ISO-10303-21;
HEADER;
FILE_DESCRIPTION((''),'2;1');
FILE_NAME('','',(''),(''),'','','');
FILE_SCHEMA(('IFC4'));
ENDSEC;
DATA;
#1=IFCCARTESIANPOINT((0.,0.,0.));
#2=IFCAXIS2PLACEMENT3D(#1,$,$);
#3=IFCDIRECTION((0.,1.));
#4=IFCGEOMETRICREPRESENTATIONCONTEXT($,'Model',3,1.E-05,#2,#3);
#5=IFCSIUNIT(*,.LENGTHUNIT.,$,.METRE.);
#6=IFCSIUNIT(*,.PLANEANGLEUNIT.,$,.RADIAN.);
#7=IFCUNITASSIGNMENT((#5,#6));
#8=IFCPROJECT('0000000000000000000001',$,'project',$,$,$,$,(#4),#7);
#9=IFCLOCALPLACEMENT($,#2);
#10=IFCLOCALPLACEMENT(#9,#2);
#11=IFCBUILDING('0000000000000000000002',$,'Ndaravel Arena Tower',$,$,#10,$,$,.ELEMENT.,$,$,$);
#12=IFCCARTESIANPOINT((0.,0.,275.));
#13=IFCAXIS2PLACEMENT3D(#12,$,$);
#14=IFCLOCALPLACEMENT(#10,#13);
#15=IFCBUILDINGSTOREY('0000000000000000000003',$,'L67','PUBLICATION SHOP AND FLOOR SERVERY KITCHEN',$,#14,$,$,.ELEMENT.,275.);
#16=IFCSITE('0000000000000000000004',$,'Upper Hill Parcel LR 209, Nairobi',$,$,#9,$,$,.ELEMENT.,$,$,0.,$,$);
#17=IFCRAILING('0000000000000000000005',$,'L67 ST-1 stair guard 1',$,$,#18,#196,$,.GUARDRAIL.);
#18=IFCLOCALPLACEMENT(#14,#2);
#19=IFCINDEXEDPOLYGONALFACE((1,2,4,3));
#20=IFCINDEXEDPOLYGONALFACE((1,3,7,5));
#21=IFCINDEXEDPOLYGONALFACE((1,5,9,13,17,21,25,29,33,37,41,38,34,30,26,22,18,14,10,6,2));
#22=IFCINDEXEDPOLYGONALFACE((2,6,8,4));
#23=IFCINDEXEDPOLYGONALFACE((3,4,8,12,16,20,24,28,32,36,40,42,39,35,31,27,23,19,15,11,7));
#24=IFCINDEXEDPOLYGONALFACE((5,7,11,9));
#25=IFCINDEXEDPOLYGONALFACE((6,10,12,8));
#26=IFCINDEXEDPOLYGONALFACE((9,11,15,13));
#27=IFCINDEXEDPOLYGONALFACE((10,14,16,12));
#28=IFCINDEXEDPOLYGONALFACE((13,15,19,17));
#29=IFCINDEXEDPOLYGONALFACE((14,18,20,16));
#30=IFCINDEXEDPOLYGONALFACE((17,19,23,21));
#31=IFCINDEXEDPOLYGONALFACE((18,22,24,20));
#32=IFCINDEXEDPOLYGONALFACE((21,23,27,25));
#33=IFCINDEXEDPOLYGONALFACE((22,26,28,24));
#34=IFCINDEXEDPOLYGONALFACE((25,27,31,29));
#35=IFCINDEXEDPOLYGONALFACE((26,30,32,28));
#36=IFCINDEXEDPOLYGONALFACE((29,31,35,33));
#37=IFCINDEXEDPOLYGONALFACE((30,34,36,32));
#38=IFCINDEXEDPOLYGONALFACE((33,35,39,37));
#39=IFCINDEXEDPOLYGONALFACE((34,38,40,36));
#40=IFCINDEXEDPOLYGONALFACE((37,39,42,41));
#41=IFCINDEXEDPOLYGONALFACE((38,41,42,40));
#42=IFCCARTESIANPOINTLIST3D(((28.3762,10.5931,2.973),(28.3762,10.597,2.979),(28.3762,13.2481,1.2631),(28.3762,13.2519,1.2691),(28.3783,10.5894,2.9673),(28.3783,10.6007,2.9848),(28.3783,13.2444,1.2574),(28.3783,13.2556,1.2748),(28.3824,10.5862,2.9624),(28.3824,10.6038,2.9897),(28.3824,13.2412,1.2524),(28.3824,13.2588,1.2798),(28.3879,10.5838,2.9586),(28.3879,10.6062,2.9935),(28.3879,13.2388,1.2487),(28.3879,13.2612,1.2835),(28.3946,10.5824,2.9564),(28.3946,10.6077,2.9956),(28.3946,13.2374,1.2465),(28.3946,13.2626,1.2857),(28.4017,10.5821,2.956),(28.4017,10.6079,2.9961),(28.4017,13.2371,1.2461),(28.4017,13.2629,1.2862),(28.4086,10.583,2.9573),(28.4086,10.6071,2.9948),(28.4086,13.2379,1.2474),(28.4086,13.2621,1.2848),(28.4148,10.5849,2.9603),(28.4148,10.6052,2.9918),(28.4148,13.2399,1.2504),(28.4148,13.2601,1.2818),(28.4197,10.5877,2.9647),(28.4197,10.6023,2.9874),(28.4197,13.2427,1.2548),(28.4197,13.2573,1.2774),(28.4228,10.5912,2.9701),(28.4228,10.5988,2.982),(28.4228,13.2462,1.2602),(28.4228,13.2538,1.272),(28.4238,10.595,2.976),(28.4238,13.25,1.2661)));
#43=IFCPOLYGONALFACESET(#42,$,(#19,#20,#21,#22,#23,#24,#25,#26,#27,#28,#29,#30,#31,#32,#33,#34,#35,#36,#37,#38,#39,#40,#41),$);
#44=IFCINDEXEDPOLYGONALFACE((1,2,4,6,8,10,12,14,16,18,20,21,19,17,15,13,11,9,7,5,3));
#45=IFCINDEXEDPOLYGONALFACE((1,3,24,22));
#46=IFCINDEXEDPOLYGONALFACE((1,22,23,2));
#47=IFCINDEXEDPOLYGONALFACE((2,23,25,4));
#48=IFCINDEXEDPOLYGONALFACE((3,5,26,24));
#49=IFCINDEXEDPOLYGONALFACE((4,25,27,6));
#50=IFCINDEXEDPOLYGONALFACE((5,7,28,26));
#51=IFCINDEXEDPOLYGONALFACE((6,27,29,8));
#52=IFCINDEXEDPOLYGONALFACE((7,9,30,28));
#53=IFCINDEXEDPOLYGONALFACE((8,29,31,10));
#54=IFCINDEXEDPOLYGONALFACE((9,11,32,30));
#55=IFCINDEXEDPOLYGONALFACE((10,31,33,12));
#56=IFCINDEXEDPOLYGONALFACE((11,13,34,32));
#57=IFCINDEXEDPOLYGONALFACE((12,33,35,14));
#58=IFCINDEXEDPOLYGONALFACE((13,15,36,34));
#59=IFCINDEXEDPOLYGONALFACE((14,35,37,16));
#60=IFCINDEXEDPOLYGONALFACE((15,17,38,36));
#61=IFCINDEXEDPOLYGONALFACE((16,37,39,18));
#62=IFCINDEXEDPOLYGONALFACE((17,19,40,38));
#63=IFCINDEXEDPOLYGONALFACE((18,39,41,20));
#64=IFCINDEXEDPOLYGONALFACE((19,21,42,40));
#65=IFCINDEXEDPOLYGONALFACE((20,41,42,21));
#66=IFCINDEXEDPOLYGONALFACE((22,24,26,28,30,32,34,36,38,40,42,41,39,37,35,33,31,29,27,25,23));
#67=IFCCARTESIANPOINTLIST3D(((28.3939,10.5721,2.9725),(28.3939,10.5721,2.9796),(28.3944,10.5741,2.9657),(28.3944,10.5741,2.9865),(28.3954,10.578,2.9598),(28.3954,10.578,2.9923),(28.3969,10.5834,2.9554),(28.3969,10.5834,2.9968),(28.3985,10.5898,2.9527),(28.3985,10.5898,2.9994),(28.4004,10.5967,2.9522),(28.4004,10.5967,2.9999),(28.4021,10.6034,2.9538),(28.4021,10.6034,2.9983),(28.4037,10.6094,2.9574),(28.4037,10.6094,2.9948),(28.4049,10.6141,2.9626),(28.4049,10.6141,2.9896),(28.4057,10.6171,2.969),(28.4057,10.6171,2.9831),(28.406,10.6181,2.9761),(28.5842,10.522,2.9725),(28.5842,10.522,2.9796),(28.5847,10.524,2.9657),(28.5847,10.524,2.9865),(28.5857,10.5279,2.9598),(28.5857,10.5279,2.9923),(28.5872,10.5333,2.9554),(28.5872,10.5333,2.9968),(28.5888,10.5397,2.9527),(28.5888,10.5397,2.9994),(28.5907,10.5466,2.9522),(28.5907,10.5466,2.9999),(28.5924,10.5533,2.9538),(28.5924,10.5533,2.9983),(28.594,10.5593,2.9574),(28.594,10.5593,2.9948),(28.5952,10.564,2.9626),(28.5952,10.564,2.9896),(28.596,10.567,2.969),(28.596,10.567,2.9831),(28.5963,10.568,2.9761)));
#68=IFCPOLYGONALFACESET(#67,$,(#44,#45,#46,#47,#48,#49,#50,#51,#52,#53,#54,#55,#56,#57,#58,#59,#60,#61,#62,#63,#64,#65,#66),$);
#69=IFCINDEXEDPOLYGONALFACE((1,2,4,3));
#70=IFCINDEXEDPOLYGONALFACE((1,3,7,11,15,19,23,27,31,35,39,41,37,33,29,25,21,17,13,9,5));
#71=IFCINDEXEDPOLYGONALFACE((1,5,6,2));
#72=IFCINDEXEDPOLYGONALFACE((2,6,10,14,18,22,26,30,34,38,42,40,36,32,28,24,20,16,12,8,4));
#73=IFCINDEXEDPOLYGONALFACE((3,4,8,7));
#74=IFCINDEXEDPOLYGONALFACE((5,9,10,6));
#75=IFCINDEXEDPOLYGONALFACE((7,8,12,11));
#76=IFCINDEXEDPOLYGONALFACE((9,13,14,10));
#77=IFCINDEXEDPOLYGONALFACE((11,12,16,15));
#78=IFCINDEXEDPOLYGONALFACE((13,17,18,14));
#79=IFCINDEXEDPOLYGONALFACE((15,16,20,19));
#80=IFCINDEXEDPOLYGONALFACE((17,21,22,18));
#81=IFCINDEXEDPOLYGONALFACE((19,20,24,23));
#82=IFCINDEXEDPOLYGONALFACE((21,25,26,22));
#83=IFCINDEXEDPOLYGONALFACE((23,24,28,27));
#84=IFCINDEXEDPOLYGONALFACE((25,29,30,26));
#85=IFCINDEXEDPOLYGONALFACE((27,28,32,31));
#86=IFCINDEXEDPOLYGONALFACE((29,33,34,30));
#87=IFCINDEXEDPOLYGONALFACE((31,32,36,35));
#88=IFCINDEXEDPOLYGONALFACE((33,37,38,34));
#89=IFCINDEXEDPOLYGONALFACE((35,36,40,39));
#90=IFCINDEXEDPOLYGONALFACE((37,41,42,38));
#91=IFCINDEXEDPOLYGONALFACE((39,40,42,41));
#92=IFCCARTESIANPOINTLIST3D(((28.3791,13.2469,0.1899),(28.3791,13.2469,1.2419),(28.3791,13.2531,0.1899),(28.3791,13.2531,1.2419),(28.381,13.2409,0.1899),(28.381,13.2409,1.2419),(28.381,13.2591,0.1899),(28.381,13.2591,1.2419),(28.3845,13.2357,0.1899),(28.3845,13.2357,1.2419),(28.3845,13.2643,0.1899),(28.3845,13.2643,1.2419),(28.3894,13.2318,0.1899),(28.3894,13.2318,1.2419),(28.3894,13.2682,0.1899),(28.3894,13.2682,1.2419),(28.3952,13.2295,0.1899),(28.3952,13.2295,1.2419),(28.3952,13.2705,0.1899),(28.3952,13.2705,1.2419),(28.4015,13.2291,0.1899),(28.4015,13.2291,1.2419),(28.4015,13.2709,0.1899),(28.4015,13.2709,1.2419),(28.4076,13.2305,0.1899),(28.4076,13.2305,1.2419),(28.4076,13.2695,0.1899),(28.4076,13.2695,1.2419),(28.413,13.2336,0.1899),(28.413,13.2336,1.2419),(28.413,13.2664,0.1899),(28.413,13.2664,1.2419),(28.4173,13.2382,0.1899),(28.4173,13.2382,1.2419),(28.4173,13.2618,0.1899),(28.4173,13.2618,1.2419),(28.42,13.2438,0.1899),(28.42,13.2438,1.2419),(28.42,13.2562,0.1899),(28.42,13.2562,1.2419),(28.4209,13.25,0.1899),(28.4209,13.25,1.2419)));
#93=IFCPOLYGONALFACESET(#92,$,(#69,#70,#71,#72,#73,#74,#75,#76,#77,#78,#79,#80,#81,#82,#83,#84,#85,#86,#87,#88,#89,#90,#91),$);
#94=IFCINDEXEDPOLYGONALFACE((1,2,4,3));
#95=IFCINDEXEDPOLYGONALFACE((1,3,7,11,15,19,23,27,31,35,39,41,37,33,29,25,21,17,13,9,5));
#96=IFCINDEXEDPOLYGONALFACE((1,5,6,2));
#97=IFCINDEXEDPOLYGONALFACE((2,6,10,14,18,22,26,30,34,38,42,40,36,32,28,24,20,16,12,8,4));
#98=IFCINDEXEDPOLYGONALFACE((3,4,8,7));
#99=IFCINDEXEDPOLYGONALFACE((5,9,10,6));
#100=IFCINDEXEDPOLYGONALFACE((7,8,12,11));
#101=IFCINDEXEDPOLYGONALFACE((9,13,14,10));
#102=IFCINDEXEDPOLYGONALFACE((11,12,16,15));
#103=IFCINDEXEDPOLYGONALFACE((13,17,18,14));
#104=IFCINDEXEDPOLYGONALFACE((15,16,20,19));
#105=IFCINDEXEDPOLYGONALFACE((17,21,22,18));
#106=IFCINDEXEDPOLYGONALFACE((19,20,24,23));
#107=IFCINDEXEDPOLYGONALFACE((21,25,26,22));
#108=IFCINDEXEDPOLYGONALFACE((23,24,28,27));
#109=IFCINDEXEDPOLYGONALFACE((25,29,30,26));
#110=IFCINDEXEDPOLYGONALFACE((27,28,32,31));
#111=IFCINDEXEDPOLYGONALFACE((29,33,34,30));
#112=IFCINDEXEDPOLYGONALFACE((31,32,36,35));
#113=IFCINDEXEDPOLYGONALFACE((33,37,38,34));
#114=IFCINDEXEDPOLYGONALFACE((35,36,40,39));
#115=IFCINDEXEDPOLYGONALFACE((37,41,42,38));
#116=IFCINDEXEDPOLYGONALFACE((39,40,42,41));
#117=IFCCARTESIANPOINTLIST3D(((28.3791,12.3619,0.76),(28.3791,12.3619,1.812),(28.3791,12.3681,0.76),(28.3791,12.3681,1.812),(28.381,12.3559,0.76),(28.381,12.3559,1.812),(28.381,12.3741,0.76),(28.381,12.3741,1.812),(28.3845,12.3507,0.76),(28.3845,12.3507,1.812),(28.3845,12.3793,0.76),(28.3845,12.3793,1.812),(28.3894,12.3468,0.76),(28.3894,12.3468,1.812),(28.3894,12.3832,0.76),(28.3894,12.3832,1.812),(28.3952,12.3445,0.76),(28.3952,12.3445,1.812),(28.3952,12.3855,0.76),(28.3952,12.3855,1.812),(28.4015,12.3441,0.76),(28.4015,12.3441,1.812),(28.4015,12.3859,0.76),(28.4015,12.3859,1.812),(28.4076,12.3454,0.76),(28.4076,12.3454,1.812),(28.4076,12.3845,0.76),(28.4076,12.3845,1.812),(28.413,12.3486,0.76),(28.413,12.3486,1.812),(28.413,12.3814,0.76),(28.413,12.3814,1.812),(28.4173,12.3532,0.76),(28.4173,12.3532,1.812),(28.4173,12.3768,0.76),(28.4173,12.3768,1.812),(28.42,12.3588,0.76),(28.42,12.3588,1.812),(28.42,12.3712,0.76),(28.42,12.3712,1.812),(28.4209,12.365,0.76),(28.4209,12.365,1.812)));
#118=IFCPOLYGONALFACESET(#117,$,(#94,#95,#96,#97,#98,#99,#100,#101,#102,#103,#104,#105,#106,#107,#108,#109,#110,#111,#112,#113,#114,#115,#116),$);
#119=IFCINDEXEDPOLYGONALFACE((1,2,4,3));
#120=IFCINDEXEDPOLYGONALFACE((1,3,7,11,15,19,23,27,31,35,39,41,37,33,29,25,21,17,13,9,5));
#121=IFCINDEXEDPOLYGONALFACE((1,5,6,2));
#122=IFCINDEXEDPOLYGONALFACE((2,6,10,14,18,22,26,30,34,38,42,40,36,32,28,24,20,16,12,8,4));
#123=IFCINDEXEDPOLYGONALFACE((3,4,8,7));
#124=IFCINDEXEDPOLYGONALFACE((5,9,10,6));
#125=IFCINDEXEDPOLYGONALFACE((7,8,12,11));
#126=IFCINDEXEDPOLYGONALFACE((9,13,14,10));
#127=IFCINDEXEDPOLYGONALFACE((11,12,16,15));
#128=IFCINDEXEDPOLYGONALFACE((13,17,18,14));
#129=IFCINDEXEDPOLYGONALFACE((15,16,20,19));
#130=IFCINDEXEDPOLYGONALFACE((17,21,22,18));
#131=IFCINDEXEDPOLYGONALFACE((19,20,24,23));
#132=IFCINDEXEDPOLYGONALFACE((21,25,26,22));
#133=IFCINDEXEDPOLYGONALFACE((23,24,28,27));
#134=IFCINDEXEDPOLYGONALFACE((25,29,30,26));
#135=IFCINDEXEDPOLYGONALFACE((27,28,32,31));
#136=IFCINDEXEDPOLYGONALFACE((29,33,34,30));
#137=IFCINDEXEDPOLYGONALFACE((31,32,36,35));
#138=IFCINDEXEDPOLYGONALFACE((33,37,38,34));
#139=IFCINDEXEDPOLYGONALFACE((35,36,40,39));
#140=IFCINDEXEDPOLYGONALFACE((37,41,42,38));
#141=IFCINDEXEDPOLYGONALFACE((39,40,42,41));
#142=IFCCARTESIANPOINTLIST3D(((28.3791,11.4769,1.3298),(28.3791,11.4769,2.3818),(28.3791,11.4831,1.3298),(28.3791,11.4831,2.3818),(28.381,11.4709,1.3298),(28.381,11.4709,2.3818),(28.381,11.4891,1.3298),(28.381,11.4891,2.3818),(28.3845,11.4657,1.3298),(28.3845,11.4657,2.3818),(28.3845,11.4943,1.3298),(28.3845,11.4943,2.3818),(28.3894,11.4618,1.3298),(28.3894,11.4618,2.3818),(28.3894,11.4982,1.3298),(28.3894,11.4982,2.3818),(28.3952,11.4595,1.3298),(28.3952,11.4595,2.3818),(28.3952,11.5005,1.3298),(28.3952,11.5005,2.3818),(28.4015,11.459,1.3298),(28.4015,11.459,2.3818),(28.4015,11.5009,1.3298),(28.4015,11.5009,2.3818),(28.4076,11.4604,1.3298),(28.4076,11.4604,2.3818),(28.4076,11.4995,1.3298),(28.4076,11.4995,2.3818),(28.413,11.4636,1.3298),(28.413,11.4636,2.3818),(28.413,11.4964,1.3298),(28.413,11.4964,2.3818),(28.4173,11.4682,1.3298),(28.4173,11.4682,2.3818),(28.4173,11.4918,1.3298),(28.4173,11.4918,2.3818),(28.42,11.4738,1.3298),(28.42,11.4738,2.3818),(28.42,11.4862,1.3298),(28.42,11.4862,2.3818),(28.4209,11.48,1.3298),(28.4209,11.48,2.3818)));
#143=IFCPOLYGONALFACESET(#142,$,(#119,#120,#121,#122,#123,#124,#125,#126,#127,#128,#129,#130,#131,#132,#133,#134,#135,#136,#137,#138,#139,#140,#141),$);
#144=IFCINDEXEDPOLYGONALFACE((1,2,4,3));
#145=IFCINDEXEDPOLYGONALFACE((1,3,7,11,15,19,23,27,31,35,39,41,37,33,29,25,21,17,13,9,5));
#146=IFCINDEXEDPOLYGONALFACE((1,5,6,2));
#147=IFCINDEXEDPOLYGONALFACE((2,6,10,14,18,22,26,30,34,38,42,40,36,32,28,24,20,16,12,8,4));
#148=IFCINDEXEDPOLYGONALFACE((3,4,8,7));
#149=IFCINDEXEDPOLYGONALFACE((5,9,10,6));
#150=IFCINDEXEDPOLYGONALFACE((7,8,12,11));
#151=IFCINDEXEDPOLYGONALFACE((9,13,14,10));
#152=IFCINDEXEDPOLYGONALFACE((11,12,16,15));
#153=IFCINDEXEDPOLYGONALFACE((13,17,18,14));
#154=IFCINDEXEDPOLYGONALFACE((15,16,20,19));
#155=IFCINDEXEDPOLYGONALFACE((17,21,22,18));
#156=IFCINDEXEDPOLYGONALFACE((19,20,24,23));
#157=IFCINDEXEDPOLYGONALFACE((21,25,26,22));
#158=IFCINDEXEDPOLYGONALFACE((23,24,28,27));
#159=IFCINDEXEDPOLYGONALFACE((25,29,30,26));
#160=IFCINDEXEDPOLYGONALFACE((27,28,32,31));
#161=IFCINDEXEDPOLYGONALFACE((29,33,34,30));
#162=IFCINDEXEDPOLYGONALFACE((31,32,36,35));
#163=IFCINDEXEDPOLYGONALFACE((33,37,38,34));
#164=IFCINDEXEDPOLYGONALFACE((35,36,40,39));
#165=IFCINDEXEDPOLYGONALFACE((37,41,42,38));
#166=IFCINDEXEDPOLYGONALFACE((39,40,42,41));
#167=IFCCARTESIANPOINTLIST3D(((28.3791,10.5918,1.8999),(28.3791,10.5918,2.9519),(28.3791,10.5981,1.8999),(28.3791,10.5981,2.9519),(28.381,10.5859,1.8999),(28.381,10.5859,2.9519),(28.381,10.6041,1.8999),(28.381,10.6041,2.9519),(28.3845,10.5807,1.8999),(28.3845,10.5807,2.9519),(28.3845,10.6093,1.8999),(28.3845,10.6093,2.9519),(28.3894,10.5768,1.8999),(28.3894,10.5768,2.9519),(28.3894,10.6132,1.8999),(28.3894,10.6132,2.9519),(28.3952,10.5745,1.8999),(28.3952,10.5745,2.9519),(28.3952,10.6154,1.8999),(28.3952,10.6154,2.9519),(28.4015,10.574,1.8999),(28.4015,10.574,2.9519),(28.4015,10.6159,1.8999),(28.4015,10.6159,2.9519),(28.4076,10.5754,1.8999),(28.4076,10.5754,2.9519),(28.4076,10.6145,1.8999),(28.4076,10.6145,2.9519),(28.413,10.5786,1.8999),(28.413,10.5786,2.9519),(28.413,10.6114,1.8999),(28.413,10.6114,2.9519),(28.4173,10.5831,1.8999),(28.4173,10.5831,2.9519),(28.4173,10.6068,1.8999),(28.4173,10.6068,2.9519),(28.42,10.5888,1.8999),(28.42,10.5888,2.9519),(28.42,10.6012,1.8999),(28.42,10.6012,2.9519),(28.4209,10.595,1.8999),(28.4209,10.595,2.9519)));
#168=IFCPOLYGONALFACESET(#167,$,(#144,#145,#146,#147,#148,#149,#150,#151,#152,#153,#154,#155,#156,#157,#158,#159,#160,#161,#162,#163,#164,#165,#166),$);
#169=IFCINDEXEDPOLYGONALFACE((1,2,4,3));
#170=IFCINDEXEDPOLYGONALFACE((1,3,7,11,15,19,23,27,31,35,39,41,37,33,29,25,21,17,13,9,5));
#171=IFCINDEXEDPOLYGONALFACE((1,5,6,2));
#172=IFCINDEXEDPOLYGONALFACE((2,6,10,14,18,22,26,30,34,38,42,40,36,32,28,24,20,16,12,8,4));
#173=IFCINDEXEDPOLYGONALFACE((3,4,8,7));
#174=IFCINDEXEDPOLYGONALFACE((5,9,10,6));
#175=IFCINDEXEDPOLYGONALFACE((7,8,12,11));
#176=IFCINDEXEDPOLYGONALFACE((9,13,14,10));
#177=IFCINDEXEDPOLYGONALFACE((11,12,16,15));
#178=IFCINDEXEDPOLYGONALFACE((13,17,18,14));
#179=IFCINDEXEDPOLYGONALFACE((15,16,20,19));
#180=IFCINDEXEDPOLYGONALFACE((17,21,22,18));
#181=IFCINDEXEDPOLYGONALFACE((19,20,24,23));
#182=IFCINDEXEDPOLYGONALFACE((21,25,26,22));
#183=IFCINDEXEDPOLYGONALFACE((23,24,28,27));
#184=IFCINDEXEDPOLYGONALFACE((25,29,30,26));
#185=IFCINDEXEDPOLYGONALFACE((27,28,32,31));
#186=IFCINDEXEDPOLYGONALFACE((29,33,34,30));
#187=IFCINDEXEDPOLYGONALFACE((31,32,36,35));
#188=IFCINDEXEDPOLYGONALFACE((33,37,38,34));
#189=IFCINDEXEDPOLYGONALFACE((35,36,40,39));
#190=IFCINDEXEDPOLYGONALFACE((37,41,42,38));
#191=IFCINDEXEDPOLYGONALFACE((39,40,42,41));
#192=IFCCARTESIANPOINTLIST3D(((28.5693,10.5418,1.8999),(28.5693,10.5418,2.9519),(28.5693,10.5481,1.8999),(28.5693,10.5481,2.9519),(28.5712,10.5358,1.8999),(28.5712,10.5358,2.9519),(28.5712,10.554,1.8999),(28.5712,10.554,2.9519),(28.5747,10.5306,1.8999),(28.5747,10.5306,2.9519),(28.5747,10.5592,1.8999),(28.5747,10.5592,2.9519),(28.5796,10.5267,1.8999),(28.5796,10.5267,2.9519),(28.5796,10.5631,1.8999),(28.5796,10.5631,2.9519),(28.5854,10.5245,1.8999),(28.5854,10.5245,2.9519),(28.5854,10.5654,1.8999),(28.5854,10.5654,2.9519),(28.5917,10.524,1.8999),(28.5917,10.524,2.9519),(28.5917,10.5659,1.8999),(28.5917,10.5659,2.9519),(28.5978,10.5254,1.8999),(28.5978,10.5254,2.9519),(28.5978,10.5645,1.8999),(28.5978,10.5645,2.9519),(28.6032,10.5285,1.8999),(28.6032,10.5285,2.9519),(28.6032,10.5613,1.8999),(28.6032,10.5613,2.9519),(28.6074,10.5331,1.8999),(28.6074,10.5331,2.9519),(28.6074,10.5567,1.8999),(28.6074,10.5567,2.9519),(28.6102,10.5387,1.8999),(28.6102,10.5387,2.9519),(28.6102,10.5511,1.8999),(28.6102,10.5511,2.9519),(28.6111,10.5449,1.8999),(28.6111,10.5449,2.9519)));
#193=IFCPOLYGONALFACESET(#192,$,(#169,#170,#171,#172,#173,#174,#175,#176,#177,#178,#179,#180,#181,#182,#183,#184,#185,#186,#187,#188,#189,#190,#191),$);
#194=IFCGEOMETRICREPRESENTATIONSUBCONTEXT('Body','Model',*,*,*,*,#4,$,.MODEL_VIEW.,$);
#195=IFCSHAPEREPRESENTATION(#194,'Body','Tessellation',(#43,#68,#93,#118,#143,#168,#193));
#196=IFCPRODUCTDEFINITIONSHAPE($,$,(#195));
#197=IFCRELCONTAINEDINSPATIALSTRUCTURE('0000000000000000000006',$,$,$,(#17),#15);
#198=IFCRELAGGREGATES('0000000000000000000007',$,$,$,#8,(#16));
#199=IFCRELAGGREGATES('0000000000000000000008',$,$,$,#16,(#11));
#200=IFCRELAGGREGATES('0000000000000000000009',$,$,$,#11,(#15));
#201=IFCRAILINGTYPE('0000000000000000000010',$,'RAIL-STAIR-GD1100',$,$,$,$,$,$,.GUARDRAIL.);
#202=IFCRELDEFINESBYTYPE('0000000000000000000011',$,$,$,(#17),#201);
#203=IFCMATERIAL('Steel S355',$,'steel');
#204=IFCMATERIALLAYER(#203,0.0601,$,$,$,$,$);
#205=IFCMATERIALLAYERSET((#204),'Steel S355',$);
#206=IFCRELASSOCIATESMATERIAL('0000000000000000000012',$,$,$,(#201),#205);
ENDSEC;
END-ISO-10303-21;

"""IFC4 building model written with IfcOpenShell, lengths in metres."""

from ifc_helpers import new_model, si_unit, direction, frame, origin, origin_2d, place, context, subcontext, project, spatial, circle, extrude, material, layer, layer_set, type_object, element, save


model = new_model("IFC4")

# Units and contexts
model_context = context("Model", 3, precision=1e-05, world=origin(), true_north=direction((0.0, 1.0)))
body_context = subcontext(model_context, "Body", "Model", "MODEL_VIEW")
ifc_project = project(units=[si_unit("LENGTHUNIT", "METRE"), si_unit("PLANEANGLEUNIT", "RADIAN")], contexts=[model_context])

# Site, building, storey
site_placement = place(None, origin())
site = spatial("IfcSite", under=ifc_project, at=site_placement, Name="Upper Hill Parcel LR 209, Nairobi", CompositionType="ELEMENT", RefElevation=0.0)
building_placement = place(site_placement, origin())
building = spatial("IfcBuilding", under=site, at=building_placement, Name="Ndaravel Arena Tower", CompositionType="ELEMENT")
storey_placement = place(building_placement, frame((0.0, 0.0, 275.0)))
storey = spatial("IfcBuildingStorey", under=building, at=storey_placement, Name="L67", Description="PUBLICATION SHOP AND FLOOR SERVERY KITCHEN", CompositionType="ELEMENT", Elevation=275.0)

# Railing
ifc_material_1 = material(Name="Steel S355", Category="steel")
ifc_layer_1 = layer(ifc_material_1, 0.0601)
ifc_layer_set_1 = layer_set([ifc_layer_1], Name="Steel S355")
railing_type_1 = type_object("IfcRailingType", Name="RAIL-STAIR-GD1100", PredefinedType="GUARDRAIL", material=ifc_layer_set_1)
railing_1_placement = place(storey_placement, frame((28.3999, 13.25, 0.1899)))
element("IfcRailing", 1, at=railing_1_placement, inside=storey, type_object=railing_type_1, Name="L67 ST-1 stair guard 1", PredefinedType="GUARDRAIL", context=body_context, shape_type="SweptSolid", body=[
    extrude(circle(Radius=0.0239, at=origin_2d()), frame((0.0, 0.0, 1.0762), z_axis=(0.0, -0.840724, 0.541465), x_axis=(1.0, 0.0, 0.0)), (0.0, 0.0, 1.0), 3.158),
    extrude(circle(Radius=0.0239, at=origin_2d()), frame((0.0, -2.655, 2.7861), z_axis=(0.967075, -0.254493, 0.0), x_axis=(0.254493, 0.967075, 0.0)), (0.0, 0.0, 1.0), 0.1968),
    extrude(circle(Radius=0.021, at=origin_2d()), origin(), (0.0, 0.0, 1.0), 1.052),
    extrude(circle(Radius=0.021, at=origin_2d()), frame((0.0, -0.885, 0.5701)), (0.0, 0.0, 1.0), 1.052),
    extrude(circle(Radius=0.021, at=origin_2d()), frame((0.0, -1.77, 1.1399)), (0.0, 0.0, 1.0), 1.052),
    extrude(circle(Radius=0.021, at=origin_2d()), frame((0.0, -2.655, 1.71)), (0.0, 0.0, 1.0), 1.052),
    extrude(circle(Radius=0.021, at=origin_2d()), frame((0.1902, -2.7051, 1.71)), (0.0, 0.0, 1.0), 1.052),
])

save(model, "model.ifc")
